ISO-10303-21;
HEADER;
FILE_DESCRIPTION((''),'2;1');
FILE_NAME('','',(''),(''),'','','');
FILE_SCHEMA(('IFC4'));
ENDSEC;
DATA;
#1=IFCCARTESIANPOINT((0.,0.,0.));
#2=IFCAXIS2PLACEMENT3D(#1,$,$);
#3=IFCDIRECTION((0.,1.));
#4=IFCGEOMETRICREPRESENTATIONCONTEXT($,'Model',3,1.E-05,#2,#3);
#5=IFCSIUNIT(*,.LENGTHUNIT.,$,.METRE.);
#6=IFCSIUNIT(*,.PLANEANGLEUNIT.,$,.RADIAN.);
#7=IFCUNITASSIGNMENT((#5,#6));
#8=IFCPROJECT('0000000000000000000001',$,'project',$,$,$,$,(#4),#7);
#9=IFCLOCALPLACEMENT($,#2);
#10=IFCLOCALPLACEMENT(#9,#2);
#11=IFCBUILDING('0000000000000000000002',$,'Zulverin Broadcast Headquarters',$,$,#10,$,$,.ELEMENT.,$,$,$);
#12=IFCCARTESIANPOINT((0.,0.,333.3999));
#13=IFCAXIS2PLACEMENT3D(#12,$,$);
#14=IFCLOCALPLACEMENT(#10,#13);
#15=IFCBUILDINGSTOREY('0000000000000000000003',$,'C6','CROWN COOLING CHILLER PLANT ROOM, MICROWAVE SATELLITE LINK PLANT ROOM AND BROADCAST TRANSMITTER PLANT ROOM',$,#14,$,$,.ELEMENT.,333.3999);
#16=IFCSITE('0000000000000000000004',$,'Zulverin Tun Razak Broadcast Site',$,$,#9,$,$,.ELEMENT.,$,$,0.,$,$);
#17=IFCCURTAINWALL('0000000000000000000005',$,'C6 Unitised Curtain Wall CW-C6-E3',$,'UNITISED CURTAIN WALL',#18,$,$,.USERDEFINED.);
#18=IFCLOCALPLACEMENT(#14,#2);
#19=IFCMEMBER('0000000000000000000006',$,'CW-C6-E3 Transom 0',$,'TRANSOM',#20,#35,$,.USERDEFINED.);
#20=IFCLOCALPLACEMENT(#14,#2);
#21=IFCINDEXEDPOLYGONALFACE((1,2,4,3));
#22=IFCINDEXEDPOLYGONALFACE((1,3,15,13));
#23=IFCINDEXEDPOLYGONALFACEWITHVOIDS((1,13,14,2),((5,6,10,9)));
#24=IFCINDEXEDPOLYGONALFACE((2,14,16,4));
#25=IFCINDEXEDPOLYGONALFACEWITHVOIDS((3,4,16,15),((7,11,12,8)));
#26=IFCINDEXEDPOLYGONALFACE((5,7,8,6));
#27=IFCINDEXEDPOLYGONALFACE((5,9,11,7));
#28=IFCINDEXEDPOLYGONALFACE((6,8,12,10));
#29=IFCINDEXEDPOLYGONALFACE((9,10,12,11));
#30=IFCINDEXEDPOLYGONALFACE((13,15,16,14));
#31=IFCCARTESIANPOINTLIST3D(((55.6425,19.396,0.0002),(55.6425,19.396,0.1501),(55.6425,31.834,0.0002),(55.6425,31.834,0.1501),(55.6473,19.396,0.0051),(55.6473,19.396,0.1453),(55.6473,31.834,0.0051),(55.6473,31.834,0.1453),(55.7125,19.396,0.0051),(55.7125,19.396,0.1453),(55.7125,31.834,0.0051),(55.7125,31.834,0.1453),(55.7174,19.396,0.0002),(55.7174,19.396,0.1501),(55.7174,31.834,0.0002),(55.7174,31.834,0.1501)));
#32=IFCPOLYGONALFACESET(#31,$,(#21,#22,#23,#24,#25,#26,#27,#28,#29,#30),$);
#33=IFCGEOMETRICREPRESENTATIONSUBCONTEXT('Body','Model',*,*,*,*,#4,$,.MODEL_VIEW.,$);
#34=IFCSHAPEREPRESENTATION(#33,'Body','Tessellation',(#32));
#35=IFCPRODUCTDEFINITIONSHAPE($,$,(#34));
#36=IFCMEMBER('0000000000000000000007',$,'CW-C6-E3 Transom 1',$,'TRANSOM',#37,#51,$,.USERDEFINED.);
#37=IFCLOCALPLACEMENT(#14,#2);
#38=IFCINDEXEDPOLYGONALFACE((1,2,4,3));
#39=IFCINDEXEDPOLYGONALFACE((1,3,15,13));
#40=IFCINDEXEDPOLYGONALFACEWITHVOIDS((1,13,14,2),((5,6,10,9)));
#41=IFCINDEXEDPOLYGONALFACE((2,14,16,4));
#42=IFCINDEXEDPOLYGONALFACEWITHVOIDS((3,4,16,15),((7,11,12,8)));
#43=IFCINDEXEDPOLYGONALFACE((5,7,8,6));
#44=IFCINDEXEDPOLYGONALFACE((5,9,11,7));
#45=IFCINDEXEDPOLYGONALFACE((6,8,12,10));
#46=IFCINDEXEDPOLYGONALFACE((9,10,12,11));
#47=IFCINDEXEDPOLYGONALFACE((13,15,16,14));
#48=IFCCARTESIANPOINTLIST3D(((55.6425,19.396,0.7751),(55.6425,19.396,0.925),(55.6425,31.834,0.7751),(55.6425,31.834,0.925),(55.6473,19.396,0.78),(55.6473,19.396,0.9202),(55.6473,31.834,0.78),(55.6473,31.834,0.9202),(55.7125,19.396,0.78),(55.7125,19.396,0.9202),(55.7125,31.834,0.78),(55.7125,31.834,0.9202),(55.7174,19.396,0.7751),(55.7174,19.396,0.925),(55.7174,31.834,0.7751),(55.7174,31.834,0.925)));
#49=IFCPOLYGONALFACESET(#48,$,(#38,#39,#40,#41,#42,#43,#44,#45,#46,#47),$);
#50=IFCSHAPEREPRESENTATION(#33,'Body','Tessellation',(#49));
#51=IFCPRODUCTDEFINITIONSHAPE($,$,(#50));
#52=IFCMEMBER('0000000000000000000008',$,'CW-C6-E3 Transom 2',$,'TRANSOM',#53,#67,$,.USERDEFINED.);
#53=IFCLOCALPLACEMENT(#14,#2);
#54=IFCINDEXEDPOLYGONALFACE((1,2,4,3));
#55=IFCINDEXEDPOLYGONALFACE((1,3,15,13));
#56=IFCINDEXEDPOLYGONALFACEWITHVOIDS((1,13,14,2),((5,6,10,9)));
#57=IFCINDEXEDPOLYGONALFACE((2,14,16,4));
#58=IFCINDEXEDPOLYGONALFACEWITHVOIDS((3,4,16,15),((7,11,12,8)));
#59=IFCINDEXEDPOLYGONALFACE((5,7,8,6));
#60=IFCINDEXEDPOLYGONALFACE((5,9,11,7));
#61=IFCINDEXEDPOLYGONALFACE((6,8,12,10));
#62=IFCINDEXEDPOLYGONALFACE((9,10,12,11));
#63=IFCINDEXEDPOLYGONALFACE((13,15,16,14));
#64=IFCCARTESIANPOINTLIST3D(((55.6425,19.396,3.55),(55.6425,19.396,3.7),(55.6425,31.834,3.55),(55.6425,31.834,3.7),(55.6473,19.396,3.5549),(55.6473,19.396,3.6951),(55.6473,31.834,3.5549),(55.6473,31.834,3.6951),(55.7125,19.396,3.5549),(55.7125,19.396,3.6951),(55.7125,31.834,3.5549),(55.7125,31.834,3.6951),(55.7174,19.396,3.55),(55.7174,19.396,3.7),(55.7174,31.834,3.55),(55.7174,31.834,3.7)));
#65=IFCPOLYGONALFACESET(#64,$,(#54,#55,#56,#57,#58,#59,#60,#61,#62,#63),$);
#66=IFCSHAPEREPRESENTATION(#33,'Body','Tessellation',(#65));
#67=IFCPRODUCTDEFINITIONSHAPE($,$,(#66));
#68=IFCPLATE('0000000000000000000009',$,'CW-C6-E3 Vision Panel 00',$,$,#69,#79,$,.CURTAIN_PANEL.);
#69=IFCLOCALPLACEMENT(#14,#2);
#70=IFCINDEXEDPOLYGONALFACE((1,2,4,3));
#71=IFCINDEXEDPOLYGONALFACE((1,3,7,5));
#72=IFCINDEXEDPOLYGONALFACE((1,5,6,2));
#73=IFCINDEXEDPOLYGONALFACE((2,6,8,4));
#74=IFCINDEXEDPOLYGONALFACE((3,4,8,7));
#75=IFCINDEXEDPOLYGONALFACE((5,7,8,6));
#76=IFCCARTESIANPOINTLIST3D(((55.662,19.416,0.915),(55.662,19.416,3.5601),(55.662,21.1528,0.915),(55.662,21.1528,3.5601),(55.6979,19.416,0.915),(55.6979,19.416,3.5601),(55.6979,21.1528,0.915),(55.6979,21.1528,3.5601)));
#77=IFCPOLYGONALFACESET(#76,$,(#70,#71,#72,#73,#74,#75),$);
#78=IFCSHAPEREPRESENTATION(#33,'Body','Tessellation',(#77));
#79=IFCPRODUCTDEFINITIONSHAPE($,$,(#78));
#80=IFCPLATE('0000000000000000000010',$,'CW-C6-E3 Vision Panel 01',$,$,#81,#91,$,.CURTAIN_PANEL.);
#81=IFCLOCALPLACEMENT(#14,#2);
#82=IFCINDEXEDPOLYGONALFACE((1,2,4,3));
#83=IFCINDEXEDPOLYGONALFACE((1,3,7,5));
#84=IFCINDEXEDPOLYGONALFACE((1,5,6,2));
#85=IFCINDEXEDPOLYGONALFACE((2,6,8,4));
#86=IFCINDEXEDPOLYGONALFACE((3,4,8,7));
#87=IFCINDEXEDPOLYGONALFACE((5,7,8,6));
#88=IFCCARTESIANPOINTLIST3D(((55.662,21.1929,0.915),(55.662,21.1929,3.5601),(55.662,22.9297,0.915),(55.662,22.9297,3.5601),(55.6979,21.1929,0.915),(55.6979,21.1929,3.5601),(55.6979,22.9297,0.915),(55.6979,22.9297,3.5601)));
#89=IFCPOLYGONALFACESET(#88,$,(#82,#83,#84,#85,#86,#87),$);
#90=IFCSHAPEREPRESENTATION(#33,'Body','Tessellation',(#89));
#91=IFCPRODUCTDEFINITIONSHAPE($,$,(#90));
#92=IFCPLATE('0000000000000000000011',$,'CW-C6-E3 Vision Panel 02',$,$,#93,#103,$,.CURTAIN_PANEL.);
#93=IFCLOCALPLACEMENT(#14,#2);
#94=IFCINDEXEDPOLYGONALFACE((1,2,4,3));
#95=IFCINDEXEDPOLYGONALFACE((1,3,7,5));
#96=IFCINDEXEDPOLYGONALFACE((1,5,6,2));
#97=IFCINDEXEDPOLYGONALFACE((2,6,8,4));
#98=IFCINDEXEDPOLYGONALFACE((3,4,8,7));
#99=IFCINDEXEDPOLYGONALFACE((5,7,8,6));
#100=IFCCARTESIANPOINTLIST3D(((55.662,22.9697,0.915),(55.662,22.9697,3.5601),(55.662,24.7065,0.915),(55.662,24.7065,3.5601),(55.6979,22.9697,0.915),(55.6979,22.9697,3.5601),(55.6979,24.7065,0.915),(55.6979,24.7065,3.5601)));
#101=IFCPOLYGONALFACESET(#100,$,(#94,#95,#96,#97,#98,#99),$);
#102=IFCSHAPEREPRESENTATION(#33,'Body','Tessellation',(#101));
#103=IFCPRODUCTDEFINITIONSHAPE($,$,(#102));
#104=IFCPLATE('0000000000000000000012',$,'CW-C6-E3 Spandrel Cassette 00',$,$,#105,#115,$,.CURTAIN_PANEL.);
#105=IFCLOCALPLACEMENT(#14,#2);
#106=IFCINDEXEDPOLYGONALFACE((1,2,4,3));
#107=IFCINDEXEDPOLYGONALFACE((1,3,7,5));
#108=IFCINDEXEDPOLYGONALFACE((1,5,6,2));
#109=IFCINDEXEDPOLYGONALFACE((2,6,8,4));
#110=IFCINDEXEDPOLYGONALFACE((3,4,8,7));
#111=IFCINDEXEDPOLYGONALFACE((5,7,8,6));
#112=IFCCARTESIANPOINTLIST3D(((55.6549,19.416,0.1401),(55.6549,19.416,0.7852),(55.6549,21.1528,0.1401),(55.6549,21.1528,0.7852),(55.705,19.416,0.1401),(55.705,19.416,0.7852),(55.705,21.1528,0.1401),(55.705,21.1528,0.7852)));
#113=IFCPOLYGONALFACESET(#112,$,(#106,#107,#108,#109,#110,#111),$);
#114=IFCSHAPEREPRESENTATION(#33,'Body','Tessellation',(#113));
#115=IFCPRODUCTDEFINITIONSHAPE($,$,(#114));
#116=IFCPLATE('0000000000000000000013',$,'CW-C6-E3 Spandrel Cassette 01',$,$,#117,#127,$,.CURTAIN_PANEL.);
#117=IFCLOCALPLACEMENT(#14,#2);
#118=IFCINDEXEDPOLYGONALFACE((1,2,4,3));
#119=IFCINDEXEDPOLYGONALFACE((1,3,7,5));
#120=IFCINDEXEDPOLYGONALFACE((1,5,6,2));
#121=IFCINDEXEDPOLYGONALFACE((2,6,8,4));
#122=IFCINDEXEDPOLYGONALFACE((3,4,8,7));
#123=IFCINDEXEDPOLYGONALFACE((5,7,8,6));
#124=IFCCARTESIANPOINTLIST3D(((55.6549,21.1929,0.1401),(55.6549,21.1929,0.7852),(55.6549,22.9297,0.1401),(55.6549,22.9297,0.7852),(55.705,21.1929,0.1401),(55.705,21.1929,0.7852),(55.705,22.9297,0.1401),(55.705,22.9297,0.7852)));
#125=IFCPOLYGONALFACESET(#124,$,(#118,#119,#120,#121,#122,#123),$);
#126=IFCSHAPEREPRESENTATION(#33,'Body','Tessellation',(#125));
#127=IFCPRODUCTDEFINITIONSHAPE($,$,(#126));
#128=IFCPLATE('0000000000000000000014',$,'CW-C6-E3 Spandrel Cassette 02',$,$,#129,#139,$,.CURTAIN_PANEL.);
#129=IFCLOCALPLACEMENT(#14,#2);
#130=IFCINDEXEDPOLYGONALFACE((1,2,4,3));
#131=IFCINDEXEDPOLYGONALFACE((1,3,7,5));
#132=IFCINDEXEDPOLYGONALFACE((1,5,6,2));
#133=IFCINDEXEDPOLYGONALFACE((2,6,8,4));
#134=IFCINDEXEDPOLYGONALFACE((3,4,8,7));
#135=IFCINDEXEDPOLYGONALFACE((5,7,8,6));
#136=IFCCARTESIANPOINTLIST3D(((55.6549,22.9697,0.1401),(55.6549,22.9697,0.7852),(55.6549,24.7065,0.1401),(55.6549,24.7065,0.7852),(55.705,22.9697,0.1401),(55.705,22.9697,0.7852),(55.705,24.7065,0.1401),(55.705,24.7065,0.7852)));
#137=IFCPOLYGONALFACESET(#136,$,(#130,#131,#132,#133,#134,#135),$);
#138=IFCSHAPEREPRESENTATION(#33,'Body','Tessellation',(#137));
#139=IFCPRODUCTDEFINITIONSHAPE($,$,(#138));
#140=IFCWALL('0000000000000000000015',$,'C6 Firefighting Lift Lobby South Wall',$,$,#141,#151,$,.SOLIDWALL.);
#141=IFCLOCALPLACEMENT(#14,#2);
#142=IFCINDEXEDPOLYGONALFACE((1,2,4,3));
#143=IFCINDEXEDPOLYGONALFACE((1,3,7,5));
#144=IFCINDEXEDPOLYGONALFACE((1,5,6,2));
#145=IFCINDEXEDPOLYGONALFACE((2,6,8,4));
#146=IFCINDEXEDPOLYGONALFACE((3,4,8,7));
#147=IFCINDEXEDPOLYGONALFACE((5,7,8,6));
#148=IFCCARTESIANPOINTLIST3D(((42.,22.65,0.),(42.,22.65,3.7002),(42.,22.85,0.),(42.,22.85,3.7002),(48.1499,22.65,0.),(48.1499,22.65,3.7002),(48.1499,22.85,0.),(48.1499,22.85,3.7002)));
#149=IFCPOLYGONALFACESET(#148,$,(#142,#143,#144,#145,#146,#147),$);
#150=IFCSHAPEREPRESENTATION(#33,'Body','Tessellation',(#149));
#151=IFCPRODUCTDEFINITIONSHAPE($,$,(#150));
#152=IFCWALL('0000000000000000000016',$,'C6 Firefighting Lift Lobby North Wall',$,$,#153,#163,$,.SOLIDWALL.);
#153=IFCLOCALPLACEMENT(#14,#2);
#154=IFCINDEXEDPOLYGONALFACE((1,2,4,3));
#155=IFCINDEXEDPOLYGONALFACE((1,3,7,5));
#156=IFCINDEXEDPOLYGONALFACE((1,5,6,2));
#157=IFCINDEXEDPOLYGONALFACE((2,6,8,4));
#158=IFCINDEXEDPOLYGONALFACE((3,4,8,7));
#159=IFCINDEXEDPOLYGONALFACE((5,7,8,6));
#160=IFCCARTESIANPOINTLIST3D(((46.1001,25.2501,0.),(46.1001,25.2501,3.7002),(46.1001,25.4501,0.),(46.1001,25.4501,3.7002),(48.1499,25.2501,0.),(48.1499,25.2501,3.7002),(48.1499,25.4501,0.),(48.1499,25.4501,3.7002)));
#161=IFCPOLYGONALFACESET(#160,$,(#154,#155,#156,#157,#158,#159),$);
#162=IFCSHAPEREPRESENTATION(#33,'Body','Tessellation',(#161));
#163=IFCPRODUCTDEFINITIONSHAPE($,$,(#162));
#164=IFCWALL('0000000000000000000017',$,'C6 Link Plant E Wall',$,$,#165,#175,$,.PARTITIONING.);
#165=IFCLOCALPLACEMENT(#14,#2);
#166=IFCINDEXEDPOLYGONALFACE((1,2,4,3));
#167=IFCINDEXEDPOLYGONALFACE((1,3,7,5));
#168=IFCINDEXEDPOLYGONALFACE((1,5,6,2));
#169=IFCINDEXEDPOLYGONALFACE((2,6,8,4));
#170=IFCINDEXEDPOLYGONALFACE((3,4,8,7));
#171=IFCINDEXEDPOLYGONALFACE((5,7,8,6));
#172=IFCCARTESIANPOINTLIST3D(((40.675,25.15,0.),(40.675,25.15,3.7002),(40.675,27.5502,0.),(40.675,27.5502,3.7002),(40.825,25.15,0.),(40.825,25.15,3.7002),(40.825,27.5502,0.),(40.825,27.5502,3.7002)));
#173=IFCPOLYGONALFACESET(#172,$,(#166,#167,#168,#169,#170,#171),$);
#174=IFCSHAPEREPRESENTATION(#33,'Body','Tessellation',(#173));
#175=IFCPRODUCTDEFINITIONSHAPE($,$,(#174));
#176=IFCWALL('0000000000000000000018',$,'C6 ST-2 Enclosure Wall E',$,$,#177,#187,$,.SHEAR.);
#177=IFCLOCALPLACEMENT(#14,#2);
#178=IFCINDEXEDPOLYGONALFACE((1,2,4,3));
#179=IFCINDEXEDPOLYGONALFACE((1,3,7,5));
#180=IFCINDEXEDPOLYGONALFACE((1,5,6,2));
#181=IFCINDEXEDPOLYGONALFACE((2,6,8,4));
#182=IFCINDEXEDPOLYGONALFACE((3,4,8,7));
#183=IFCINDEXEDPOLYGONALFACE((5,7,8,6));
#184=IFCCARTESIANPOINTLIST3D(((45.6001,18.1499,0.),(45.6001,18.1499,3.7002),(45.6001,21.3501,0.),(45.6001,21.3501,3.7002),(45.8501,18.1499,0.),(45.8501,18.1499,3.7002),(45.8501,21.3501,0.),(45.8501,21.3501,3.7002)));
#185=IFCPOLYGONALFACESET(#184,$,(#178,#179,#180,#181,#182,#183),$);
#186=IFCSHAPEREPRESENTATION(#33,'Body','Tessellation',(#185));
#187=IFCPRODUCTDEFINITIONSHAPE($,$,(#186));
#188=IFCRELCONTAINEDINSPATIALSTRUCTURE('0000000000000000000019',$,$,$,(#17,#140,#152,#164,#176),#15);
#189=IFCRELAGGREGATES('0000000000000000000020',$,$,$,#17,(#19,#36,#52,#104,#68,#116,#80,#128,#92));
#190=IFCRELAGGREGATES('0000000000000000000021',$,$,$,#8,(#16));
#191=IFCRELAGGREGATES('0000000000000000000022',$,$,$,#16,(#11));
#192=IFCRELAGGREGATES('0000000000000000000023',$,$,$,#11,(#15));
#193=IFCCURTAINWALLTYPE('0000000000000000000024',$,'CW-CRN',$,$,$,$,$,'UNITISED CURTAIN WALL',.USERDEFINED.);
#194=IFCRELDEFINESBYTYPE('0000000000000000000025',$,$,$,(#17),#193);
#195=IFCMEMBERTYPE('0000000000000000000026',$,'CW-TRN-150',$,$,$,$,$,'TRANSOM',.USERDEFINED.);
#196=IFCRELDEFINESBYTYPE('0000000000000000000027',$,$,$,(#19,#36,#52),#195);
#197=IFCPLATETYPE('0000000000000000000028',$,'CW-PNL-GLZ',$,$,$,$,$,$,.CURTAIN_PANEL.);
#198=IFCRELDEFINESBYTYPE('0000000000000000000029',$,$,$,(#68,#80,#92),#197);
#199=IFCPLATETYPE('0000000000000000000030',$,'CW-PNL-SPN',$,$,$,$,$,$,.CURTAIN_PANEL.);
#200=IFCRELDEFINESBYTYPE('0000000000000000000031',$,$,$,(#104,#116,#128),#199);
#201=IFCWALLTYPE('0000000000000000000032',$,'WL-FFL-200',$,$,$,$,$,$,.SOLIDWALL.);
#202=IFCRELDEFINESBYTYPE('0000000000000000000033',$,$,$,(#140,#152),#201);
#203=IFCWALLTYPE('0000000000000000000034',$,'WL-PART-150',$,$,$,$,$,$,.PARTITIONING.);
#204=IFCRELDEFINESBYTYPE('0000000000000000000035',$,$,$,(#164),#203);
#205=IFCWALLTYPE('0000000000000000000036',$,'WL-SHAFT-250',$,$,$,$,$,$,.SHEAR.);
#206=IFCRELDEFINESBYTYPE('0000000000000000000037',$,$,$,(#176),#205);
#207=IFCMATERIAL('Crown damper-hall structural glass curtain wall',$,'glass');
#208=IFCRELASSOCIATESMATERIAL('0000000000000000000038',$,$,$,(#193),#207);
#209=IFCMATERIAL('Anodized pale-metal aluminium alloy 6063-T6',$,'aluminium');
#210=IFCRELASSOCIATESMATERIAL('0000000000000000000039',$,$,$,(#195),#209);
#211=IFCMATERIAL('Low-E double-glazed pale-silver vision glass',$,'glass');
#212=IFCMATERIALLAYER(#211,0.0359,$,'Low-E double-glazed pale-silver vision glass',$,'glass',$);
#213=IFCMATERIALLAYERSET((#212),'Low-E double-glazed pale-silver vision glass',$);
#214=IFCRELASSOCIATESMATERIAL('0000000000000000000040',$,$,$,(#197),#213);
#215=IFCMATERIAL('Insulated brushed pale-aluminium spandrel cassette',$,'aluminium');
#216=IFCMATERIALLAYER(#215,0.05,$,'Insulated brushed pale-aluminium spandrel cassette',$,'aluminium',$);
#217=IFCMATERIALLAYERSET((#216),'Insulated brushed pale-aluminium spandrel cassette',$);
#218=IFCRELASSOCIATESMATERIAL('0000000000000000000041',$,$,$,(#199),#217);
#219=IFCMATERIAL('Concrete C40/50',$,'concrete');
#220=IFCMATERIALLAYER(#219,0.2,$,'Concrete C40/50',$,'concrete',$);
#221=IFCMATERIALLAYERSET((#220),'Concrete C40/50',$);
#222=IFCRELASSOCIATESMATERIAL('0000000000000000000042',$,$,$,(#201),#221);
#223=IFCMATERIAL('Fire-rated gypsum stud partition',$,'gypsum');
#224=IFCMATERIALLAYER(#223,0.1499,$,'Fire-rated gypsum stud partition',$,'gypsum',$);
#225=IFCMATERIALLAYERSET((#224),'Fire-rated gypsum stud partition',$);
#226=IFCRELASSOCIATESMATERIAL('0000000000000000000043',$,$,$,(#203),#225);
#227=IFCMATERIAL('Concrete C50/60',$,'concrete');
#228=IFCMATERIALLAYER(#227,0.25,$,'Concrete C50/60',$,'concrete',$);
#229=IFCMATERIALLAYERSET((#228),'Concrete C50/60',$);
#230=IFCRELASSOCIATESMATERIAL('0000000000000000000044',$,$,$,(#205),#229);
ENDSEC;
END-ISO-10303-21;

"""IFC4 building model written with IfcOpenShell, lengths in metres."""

from ifc_helpers import new_model, si_unit, direction, frame, frame_2d, origin, origin_2d, place, context, subcontext, project, spatial, rectangle, hollow_rectangle, extrude, material, layer, layer_set, material_profile, profile_set, type_object, element, aggregate, save


model = new_model("IFC4")

# Units and contexts
model_context = context("Model", 3, precision=1e-05, world=origin(), true_north=direction((0.0, 1.0)))
body_context = subcontext(model_context, "Body", "Model", "MODEL_VIEW")
ifc_project = project(units=[si_unit("LENGTHUNIT", "METRE"), si_unit("PLANEANGLEUNIT", "RADIAN")], contexts=[model_context])

# Site, building, storey
site_placement = place(None, origin())
site = spatial("IfcSite", under=ifc_project, at=site_placement, Name="Zulverin Tun Razak Broadcast Site", CompositionType="ELEMENT", RefElevation=0.0)
building_placement = place(site_placement, origin())
building = spatial("IfcBuilding", under=site, at=building_placement, Name="Zulverin Broadcast Headquarters", CompositionType="ELEMENT")
storey_placement = place(building_placement, frame((0.0, 0.0, 333.3999)))
storey = spatial("IfcBuildingStorey", under=building, at=storey_placement, Name="C6", Description="CROWN COOLING CHILLER PLANT ROOM, MICROWAVE SATELLITE LINK PLANT ROOM AND BROADCAST TRANSMITTER PLANT ROOM", CompositionType="ELEMENT", Elevation=333.3999)

# Shared definitions
ifc_material_1 = material(Name="Concrete C40/50", Category="concrete")

# Curtain wall, members, plates
ifc_material_2 = material(Name="Crown damper-hall structural glass curtain wall", Category="glass")
curtain_wall_type = type_object("IfcCurtainWallType", Name="CW-CRN", ElementType="UNITISED CURTAIN WALL", PredefinedType="USERDEFINED", material=ifc_material_2)
curtain_wall_placement = place(storey_placement, origin())
curtain_wall = element("IfcCurtainWall", 1, at=curtain_wall_placement, inside=storey, type_object=curtain_wall_type, Name="C6 Unitised Curtain Wall CW-C6-E3", ObjectType="UNITISED CURTAIN WALL", PredefinedType="USERDEFINED")
ifc_material_3 = material(Name="Anodized pale-metal aluminium alloy 6063-T6", Category="aluminium")
ifc_material_profile_1 = material_profile(ifc_material_3, hollow_rectangle(XDim=0.075, YDim=0.1499, WallThickness=0.0049, at=origin_2d()), Name="Anodized pale-metal aluminium alloy 6063-T6", Category="aluminium")
ifc_profile_set_1 = profile_set([ifc_material_profile_1], Name="Anodized pale-metal aluminium alloy 6063-T6")
member_type_1 = type_object("IfcMemberType", Name="CW-TRN-150", ElementType="TRANSOM", PredefinedType="USERDEFINED", material=ifc_profile_set_1)
member_1_placement = place(storey_placement, frame((55.6799, 19.396, 0.0752), z_axis=(0.0, 1.0, 0.0), x_axis=(-1.0, 0.0, 0.0)))
member_1 = element("IfcMember", 2, at=member_1_placement, type_object=member_type_1, Name="CW-C6-E3 Transom 0", ObjectType="TRANSOM", PredefinedType="USERDEFINED", context=body_context, shape_type="SweptSolid", body=[
    extrude(hollow_rectangle(XDim=0.075, YDim=0.1499, WallThickness=0.0049, at=origin_2d()), origin(), (0.0, 0.0, 1.0), 12.438),
])
member_2_placement = place(storey_placement, frame((55.6799, 19.396, 0.8501), z_axis=(0.0, 1.0, 0.0), x_axis=(-1.0, 0.0, 0.0)))
member_2 = element("IfcMember", 3, at=member_2_placement, type_object=member_type_1, Name="CW-C6-E3 Transom 1", ObjectType="TRANSOM", PredefinedType="USERDEFINED", context=body_context, shape_type="SweptSolid", body=[
    extrude(hollow_rectangle(XDim=0.075, YDim=0.1499, WallThickness=0.0049, at=origin_2d()), origin(), (0.0, 0.0, 1.0), 12.438),
])
member_3_placement = place(storey_placement, frame((55.6799, 19.396, 3.625), z_axis=(0.0, 1.0, 0.0), x_axis=(-1.0, 0.0, 0.0)))
member_3 = element("IfcMember", 4, at=member_3_placement, type_object=member_type_1, Name="CW-C6-E3 Transom 2", ObjectType="TRANSOM", PredefinedType="USERDEFINED", context=body_context, shape_type="SweptSolid", body=[
    extrude(hollow_rectangle(XDim=0.075, YDim=0.1499, WallThickness=0.0049, at=origin_2d()), origin(), (0.0, 0.0, 1.0), 12.438),
])
ifc_material_4 = material(Name="Low-E double-glazed pale-silver vision glass", Category="glass")
ifc_layer_1 = layer(ifc_material_4, 0.0359, Name="Low-E double-glazed pale-silver vision glass", Category="glass")
ifc_layer_set_1 = layer_set([ifc_layer_1], Name="Low-E double-glazed pale-silver vision glass")
plate_type_1 = type_object("IfcPlateType", Name="CW-PNL-GLZ", PredefinedType="CURTAIN_PANEL", material=ifc_layer_set_1)
plate_1_placement = place(storey_placement, frame((55.6799, 20.2844, 0.915), z_axis=(0.0, 0.0, 1.0), x_axis=(0.0, 1.0, 0.0)))
plate_1 = element("IfcPlate", 5, at=plate_1_placement, type_object=plate_type_1, Name="CW-C6-E3 Vision Panel 00", PredefinedType="CURTAIN_PANEL", context=body_context, shape_type="SweptSolid", body=[
    extrude(rectangle(XDim=1.7368, YDim=0.0359, at=origin_2d()), origin(), (0.0, 0.0, 1.0), 2.645),
])
plate_2_placement = place(storey_placement, frame((55.6799, 22.0613, 0.915), z_axis=(0.0, 0.0, 1.0), x_axis=(0.0, 1.0, 0.0)))
plate_2 = element("IfcPlate", 6, at=plate_2_placement, type_object=plate_type_1, Name="CW-C6-E3 Vision Panel 01", PredefinedType="CURTAIN_PANEL", context=body_context, shape_type="SweptSolid", body=[
    extrude(rectangle(XDim=1.7368, YDim=0.0359, at=origin_2d()), origin(), (0.0, 0.0, 1.0), 2.645),
])
plate_3_placement = place(storey_placement, frame((55.6799, 23.8381, 0.915), z_axis=(0.0, 0.0, 1.0), x_axis=(0.0, 1.0, 0.0)))
plate_3 = element("IfcPlate", 7, at=plate_3_placement, type_object=plate_type_1, Name="CW-C6-E3 Vision Panel 02", PredefinedType="CURTAIN_PANEL", context=body_context, shape_type="SweptSolid", body=[
    extrude(rectangle(XDim=1.7368, YDim=0.0359, at=origin_2d()), origin(), (0.0, 0.0, 1.0), 2.645),
])
ifc_material_5 = material(Name="Insulated brushed pale-aluminium spandrel cassette", Category="aluminium")
ifc_layer_2 = layer(ifc_material_5, 0.05, Name="Insulated brushed pale-aluminium spandrel cassette", Category="aluminium")
ifc_layer_set_2 = layer_set([ifc_layer_2], Name="Insulated brushed pale-aluminium spandrel cassette")
plate_type_2 = type_object("IfcPlateType", Name="CW-PNL-SPN", PredefinedType="CURTAIN_PANEL", material=ifc_layer_set_2)
plate_4_placement = place(storey_placement, frame((55.6799, 20.2844, 0.1401), z_axis=(0.0, 0.0, 1.0), x_axis=(0.0, 1.0, 0.0)))
plate_4 = element("IfcPlate", 8, at=plate_4_placement, type_object=plate_type_2, Name="CW-C6-E3 Spandrel Cassette 00", PredefinedType="CURTAIN_PANEL", context=body_context, shape_type="SweptSolid", body=[
    extrude(rectangle(XDim=1.7368, YDim=0.05, at=origin_2d()), origin(), (0.0, 0.0, 1.0), 0.645),
])
plate_5_placement = place(storey_placement, frame((55.6799, 22.0613, 0.1401), z_axis=(0.0, 0.0, 1.0), x_axis=(0.0, 1.0, 0.0)))
plate_5 = element("IfcPlate", 9, at=plate_5_placement, type_object=plate_type_2, Name="CW-C6-E3 Spandrel Cassette 01", PredefinedType="CURTAIN_PANEL", context=body_context, shape_type="SweptSolid", body=[
    extrude(rectangle(XDim=1.7368, YDim=0.05, at=origin_2d()), origin(), (0.0, 0.0, 1.0), 0.645),
])
plate_6_placement = place(storey_placement, frame((55.6799, 23.8381, 0.1401), z_axis=(0.0, 0.0, 1.0), x_axis=(0.0, 1.0, 0.0)))
plate_6 = element("IfcPlate", 10, at=plate_6_placement, type_object=plate_type_2, Name="CW-C6-E3 Spandrel Cassette 02", PredefinedType="CURTAIN_PANEL", context=body_context, shape_type="SweptSolid", body=[
    extrude(rectangle(XDim=1.7368, YDim=0.05, at=origin_2d()), origin(), (0.0, 0.0, 1.0), 0.645),
])
aggregate(curtain_wall, [member_1, member_2, member_3, plate_4, plate_1, plate_5, plate_2, plate_6, plate_3])

# Shared definitions
ifc_material_6 = material(Name="Concrete C50/60", Category="concrete")
ifc_layer_3 = layer(ifc_material_1, 0.2, Name="Concrete C40/50", Category="concrete")
ifc_layer_set_3 = layer_set([ifc_layer_3], Name="Concrete C40/50")
wall_type_1 = type_object("IfcWallType", Name="WL-FFL-200", PredefinedType="SOLIDWALL", material=ifc_layer_set_3)

# Walls
wall_1_placement = place(storey_placement, frame((42.0, 22.75, 0.0), z_axis=(0.0, 0.0, 1.0), x_axis=(1.0, 0.0, 0.0)))
element("IfcWall", 11, at=wall_1_placement, inside=storey, type_object=wall_type_1, Name="C6 Firefighting Lift Lobby South Wall", PredefinedType="SOLIDWALL", context=body_context, shape_type="SweptSolid", body=[
    extrude(rectangle(XDim=6.1499, YDim=0.2, at=frame_2d((3.075, 0.0))), origin(), (0.0, 0.0, 1.0), 3.7002),
])
wall_2_placement = place(storey_placement, frame((46.1001, 25.3501, 0.0), z_axis=(0.0, 0.0, 1.0), x_axis=(1.0, 0.0, 0.0)))
element("IfcWall", 12, at=wall_2_placement, inside=storey, type_object=wall_type_1, Name="C6 Firefighting Lift Lobby North Wall", PredefinedType="SOLIDWALL", context=body_context, shape_type="SweptSolid", body=[
    extrude(rectangle(XDim=2.0498, YDim=0.2, at=frame_2d((1.0249, 0.0))), origin(), (0.0, 0.0, 1.0), 3.7002),
])
ifc_material_7 = material(Name="Fire-rated gypsum stud partition", Category="gypsum")
ifc_layer_4 = layer(ifc_material_7, 0.1499, Name="Fire-rated gypsum stud partition", Category="gypsum")
ifc_layer_set_4 = layer_set([ifc_layer_4], Name="Fire-rated gypsum stud partition")
wall_type_2 = type_object("IfcWallType", Name="WL-PART-150", PredefinedType="PARTITIONING", material=ifc_layer_set_4)
wall_3_placement = place(storey_placement, frame((40.75, 25.1499, 0.0), z_axis=(0.0, 0.0, 1.0), x_axis=(0.0, 1.0, 0.0)))
element("IfcWall", 13, at=wall_3_placement, inside=storey, type_object=wall_type_2, Name="C6 Link Plant E Wall", PredefinedType="PARTITIONING", context=body_context, shape_type="SweptSolid", body=[
    extrude(rectangle(XDim=2.4001, YDim=0.1499, at=frame_2d((1.2002, 0.0))), origin(), (0.0, 0.0, 1.0), 3.7002),
])
ifc_layer_5 = layer(ifc_material_6, 0.25, Name="Concrete C50/60", Category="concrete")
ifc_layer_set_5 = layer_set([ifc_layer_5], Name="Concrete C50/60")
wall_type_3 = type_object("IfcWallType", Name="WL-SHAFT-250", PredefinedType="SHEAR", material=ifc_layer_set_5)
wall_4_placement = place(storey_placement, frame((45.7251, 18.1499, 0.0), z_axis=(0.0, 0.0, 1.0), x_axis=(0.0, 1.0, 0.0)))
element("IfcWall", 14, at=wall_4_placement, inside=storey, type_object=wall_type_3, Name="C6 ST-2 Enclosure Wall E", PredefinedType="SHEAR", context=body_context, shape_type="SweptSolid", body=[
    extrude(rectangle(XDim=3.2002, YDim=0.25, at=frame_2d((1.6001, 0.0))), origin(), (0.0, 0.0, 1.0), 3.7002),
])

save(model, "model.ifc")
